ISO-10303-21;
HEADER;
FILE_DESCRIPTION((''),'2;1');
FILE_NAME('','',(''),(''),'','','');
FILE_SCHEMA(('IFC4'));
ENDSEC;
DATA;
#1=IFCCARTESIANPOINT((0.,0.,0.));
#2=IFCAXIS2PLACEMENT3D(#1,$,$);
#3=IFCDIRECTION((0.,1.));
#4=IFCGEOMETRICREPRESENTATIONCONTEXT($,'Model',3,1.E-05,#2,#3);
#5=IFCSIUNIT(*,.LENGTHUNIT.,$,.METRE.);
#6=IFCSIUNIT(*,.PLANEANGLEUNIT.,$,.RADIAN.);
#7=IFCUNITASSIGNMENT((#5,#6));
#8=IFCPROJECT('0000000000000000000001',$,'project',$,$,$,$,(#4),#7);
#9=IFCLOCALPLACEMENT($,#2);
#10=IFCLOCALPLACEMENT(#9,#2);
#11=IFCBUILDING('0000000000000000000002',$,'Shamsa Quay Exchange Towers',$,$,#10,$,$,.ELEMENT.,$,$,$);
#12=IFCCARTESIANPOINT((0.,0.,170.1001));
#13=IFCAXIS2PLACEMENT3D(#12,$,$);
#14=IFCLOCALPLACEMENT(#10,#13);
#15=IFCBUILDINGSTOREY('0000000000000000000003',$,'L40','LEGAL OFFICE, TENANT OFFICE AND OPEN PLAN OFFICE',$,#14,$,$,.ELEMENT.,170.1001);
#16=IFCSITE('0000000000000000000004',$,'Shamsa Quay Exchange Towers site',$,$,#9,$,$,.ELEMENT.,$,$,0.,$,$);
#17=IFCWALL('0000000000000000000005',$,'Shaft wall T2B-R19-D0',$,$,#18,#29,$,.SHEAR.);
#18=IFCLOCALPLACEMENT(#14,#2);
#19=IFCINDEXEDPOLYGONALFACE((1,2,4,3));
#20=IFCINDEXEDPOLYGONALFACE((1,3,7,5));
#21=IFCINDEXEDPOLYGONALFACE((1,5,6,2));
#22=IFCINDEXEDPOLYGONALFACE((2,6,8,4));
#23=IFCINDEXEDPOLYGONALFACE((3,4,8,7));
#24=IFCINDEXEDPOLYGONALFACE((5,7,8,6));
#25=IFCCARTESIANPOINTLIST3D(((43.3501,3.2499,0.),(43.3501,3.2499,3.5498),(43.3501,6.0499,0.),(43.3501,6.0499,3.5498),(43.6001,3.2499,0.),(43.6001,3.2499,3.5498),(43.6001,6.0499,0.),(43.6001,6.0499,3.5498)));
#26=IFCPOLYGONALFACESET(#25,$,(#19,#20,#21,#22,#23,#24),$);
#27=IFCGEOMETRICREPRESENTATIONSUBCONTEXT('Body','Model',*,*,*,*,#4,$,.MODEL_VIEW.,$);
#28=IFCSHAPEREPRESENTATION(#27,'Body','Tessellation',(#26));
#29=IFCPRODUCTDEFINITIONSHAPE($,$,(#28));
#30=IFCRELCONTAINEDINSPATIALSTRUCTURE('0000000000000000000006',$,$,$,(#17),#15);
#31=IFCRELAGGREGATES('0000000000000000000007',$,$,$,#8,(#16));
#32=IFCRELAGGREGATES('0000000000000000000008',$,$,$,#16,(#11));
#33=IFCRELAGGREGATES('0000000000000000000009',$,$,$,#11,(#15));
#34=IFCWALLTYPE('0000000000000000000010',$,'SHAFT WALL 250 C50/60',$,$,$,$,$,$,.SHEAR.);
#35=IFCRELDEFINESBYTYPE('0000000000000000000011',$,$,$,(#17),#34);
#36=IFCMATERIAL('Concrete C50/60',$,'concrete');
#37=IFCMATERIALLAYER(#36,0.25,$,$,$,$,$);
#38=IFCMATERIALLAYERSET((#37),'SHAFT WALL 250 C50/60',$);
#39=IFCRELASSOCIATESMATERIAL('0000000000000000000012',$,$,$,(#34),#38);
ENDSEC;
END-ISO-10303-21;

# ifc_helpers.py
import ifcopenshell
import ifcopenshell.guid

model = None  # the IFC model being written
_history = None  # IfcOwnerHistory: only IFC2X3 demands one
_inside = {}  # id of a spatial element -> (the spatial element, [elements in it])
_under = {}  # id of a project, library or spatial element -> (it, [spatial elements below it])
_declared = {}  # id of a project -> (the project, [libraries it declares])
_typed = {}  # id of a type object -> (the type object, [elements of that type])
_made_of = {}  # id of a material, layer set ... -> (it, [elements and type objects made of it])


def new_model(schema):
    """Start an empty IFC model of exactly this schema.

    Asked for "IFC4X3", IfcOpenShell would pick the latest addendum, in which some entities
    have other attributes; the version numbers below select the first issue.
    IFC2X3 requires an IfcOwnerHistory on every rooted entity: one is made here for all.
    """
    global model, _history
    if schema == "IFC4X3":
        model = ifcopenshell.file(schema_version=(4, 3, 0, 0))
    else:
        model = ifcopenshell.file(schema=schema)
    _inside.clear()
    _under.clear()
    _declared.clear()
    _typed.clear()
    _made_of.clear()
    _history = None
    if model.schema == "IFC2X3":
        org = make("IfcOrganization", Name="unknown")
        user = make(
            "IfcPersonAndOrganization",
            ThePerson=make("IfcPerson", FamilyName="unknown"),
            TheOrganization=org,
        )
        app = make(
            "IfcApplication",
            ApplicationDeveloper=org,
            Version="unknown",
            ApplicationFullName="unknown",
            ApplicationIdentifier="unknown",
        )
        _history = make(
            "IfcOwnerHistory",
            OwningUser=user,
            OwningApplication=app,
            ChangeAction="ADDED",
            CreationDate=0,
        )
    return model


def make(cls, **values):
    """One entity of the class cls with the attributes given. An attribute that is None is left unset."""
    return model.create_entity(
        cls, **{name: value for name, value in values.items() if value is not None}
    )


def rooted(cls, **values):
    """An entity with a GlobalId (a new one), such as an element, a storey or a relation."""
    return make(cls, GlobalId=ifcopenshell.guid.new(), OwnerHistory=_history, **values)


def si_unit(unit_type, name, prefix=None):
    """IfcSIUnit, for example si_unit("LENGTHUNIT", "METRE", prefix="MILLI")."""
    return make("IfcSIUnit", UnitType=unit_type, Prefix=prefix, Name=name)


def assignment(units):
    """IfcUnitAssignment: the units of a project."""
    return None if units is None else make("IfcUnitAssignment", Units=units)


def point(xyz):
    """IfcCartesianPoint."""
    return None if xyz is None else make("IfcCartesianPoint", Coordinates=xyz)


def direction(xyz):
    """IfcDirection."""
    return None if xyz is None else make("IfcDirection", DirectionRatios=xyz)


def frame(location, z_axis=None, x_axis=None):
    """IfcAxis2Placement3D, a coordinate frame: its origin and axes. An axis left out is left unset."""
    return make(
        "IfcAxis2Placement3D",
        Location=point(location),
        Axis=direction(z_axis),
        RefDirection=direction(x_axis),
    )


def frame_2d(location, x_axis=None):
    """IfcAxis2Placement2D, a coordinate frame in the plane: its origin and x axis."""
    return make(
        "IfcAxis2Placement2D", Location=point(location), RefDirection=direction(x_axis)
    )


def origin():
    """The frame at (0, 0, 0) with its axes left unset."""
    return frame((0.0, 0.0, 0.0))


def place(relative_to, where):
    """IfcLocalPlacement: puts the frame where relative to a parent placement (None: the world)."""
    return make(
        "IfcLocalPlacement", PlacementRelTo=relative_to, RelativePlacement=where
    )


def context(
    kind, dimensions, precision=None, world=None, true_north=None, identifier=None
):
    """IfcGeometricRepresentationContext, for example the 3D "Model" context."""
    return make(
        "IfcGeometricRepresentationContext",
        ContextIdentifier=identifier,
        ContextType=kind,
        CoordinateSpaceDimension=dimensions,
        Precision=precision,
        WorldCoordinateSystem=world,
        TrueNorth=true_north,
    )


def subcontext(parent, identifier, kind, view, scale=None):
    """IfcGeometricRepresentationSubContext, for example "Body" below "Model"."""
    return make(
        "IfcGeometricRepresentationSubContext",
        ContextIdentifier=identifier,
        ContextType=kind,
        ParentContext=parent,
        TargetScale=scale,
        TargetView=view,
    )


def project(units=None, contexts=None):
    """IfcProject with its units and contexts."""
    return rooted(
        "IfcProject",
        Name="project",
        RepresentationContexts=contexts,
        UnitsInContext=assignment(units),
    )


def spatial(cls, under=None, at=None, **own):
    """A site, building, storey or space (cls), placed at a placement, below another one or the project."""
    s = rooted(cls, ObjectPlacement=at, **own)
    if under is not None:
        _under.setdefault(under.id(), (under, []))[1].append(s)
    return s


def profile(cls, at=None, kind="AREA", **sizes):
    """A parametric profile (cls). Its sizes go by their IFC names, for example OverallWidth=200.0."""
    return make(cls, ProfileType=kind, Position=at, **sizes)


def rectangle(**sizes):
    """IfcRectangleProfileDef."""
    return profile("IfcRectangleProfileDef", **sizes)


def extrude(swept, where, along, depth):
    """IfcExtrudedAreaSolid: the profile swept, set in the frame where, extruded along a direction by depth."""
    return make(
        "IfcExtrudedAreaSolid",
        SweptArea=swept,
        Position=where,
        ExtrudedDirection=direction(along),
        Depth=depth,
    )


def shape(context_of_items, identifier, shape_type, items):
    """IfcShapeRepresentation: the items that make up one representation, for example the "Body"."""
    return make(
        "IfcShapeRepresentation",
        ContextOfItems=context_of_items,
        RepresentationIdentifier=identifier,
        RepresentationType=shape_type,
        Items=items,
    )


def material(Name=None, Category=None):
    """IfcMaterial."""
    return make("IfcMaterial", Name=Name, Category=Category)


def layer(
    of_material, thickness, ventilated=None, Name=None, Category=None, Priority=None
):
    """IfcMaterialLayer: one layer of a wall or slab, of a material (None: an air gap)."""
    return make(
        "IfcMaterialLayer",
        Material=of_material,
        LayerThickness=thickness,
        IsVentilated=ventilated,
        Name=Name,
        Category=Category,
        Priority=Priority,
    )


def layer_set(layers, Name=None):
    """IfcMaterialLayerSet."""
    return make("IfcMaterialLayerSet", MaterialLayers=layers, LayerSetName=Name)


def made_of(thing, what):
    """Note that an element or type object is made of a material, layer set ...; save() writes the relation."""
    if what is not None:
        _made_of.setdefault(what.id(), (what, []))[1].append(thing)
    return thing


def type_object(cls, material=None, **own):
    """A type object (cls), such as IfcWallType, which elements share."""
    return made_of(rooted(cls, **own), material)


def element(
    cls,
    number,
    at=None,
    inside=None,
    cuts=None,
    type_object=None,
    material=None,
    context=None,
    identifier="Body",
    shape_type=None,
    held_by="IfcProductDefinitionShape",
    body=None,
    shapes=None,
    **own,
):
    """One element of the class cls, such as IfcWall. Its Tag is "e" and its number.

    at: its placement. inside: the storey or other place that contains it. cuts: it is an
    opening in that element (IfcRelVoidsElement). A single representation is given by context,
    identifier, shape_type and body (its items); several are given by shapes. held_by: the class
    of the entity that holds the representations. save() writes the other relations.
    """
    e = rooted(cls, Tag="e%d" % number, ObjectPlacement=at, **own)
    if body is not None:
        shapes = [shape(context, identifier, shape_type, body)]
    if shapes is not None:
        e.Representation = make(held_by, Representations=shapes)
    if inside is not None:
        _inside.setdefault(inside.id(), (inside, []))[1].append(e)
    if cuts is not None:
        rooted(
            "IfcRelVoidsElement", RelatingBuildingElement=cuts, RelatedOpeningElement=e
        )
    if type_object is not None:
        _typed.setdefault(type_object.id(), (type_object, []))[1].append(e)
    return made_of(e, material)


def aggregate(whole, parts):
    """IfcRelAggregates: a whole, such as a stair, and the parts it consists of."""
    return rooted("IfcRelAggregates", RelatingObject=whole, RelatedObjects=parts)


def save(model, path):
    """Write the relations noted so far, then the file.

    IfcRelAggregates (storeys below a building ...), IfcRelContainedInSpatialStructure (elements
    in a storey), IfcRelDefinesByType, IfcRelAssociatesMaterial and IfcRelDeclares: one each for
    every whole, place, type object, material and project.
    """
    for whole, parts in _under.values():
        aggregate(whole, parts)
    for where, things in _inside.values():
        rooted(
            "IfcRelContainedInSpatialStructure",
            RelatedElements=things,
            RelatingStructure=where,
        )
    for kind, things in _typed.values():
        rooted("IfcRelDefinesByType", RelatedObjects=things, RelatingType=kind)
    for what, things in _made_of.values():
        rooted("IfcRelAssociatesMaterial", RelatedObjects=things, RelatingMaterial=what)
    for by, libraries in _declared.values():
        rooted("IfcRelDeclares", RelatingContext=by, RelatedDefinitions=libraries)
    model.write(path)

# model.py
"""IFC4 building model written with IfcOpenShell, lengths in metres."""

from ifc_helpers import new_model, si_unit, direction, frame, frame_2d, origin, place, context, subcontext, project, spatial, rectangle, extrude, material, layer, layer_set, type_object, element, save


model = new_model("IFC4")

# Units and contexts
model_context = context("Model", 3, precision=1e-05, world=origin(), true_north=direction((0.0, 1.0)))
body_context = subcontext(model_context, "Body", "Model", "MODEL_VIEW")
ifc_project = project(units=[si_unit("LENGTHUNIT", "METRE"), si_unit("PLANEANGLEUNIT", "RADIAN")], contexts=[model_context])

# Site, building, storey
site_placement = place(None, origin())
site = spatial("IfcSite", under=ifc_project, at=site_placement, Name="Shamsa Quay Exchange Towers site", CompositionType="ELEMENT", RefElevation=0.0)
building_placement = place(site_placement, origin())
building = spatial("IfcBuilding", under=site, at=building_placement, Name="Shamsa Quay Exchange Towers", CompositionType="ELEMENT")
storey_placement = place(building_placement, frame((0.0, 0.0, 170.1001)))
storey = spatial("IfcBuildingStorey", under=building, at=storey_placement, Name="L40", Description="LEGAL OFFICE, TENANT OFFICE AND OPEN PLAN OFFICE", CompositionType="ELEMENT", Elevation=170.1001)

# Shared definitions
ifc_material_1 = material(Name="Concrete C50/60", Category="concrete")
ifc_layer_1 = layer(ifc_material_1, 0.25)
ifc_layer_set_1 = layer_set([ifc_layer_1], Name="SHAFT WALL 250 C50/60")
wall_type_1 = type_object("IfcWallType", Name="SHAFT WALL 250 C50/60", PredefinedType="SHEAR", material=ifc_layer_set_1)

# Wall
wall_1_placement = place(storey_placement, frame((43.4751, 3.25, 0.0), z_axis=(0.0, 0.0, 1.0), x_axis=(0.0, 1.0, 0.0)))
element("IfcWall", 1, at=wall_1_placement, inside=storey, type_object=wall_type_1, Name="Shaft wall T2B-R19-D0", PredefinedType="SHEAR", context=body_context, shape_type="SweptSolid", body=[
    extrude(rectangle(XDim=2.8, YDim=0.25, at=frame_2d((1.3999, 0.0))), origin(), (0.0, 0.0, 1.0), 3.5498),
])

save(model, "model.ifc")
